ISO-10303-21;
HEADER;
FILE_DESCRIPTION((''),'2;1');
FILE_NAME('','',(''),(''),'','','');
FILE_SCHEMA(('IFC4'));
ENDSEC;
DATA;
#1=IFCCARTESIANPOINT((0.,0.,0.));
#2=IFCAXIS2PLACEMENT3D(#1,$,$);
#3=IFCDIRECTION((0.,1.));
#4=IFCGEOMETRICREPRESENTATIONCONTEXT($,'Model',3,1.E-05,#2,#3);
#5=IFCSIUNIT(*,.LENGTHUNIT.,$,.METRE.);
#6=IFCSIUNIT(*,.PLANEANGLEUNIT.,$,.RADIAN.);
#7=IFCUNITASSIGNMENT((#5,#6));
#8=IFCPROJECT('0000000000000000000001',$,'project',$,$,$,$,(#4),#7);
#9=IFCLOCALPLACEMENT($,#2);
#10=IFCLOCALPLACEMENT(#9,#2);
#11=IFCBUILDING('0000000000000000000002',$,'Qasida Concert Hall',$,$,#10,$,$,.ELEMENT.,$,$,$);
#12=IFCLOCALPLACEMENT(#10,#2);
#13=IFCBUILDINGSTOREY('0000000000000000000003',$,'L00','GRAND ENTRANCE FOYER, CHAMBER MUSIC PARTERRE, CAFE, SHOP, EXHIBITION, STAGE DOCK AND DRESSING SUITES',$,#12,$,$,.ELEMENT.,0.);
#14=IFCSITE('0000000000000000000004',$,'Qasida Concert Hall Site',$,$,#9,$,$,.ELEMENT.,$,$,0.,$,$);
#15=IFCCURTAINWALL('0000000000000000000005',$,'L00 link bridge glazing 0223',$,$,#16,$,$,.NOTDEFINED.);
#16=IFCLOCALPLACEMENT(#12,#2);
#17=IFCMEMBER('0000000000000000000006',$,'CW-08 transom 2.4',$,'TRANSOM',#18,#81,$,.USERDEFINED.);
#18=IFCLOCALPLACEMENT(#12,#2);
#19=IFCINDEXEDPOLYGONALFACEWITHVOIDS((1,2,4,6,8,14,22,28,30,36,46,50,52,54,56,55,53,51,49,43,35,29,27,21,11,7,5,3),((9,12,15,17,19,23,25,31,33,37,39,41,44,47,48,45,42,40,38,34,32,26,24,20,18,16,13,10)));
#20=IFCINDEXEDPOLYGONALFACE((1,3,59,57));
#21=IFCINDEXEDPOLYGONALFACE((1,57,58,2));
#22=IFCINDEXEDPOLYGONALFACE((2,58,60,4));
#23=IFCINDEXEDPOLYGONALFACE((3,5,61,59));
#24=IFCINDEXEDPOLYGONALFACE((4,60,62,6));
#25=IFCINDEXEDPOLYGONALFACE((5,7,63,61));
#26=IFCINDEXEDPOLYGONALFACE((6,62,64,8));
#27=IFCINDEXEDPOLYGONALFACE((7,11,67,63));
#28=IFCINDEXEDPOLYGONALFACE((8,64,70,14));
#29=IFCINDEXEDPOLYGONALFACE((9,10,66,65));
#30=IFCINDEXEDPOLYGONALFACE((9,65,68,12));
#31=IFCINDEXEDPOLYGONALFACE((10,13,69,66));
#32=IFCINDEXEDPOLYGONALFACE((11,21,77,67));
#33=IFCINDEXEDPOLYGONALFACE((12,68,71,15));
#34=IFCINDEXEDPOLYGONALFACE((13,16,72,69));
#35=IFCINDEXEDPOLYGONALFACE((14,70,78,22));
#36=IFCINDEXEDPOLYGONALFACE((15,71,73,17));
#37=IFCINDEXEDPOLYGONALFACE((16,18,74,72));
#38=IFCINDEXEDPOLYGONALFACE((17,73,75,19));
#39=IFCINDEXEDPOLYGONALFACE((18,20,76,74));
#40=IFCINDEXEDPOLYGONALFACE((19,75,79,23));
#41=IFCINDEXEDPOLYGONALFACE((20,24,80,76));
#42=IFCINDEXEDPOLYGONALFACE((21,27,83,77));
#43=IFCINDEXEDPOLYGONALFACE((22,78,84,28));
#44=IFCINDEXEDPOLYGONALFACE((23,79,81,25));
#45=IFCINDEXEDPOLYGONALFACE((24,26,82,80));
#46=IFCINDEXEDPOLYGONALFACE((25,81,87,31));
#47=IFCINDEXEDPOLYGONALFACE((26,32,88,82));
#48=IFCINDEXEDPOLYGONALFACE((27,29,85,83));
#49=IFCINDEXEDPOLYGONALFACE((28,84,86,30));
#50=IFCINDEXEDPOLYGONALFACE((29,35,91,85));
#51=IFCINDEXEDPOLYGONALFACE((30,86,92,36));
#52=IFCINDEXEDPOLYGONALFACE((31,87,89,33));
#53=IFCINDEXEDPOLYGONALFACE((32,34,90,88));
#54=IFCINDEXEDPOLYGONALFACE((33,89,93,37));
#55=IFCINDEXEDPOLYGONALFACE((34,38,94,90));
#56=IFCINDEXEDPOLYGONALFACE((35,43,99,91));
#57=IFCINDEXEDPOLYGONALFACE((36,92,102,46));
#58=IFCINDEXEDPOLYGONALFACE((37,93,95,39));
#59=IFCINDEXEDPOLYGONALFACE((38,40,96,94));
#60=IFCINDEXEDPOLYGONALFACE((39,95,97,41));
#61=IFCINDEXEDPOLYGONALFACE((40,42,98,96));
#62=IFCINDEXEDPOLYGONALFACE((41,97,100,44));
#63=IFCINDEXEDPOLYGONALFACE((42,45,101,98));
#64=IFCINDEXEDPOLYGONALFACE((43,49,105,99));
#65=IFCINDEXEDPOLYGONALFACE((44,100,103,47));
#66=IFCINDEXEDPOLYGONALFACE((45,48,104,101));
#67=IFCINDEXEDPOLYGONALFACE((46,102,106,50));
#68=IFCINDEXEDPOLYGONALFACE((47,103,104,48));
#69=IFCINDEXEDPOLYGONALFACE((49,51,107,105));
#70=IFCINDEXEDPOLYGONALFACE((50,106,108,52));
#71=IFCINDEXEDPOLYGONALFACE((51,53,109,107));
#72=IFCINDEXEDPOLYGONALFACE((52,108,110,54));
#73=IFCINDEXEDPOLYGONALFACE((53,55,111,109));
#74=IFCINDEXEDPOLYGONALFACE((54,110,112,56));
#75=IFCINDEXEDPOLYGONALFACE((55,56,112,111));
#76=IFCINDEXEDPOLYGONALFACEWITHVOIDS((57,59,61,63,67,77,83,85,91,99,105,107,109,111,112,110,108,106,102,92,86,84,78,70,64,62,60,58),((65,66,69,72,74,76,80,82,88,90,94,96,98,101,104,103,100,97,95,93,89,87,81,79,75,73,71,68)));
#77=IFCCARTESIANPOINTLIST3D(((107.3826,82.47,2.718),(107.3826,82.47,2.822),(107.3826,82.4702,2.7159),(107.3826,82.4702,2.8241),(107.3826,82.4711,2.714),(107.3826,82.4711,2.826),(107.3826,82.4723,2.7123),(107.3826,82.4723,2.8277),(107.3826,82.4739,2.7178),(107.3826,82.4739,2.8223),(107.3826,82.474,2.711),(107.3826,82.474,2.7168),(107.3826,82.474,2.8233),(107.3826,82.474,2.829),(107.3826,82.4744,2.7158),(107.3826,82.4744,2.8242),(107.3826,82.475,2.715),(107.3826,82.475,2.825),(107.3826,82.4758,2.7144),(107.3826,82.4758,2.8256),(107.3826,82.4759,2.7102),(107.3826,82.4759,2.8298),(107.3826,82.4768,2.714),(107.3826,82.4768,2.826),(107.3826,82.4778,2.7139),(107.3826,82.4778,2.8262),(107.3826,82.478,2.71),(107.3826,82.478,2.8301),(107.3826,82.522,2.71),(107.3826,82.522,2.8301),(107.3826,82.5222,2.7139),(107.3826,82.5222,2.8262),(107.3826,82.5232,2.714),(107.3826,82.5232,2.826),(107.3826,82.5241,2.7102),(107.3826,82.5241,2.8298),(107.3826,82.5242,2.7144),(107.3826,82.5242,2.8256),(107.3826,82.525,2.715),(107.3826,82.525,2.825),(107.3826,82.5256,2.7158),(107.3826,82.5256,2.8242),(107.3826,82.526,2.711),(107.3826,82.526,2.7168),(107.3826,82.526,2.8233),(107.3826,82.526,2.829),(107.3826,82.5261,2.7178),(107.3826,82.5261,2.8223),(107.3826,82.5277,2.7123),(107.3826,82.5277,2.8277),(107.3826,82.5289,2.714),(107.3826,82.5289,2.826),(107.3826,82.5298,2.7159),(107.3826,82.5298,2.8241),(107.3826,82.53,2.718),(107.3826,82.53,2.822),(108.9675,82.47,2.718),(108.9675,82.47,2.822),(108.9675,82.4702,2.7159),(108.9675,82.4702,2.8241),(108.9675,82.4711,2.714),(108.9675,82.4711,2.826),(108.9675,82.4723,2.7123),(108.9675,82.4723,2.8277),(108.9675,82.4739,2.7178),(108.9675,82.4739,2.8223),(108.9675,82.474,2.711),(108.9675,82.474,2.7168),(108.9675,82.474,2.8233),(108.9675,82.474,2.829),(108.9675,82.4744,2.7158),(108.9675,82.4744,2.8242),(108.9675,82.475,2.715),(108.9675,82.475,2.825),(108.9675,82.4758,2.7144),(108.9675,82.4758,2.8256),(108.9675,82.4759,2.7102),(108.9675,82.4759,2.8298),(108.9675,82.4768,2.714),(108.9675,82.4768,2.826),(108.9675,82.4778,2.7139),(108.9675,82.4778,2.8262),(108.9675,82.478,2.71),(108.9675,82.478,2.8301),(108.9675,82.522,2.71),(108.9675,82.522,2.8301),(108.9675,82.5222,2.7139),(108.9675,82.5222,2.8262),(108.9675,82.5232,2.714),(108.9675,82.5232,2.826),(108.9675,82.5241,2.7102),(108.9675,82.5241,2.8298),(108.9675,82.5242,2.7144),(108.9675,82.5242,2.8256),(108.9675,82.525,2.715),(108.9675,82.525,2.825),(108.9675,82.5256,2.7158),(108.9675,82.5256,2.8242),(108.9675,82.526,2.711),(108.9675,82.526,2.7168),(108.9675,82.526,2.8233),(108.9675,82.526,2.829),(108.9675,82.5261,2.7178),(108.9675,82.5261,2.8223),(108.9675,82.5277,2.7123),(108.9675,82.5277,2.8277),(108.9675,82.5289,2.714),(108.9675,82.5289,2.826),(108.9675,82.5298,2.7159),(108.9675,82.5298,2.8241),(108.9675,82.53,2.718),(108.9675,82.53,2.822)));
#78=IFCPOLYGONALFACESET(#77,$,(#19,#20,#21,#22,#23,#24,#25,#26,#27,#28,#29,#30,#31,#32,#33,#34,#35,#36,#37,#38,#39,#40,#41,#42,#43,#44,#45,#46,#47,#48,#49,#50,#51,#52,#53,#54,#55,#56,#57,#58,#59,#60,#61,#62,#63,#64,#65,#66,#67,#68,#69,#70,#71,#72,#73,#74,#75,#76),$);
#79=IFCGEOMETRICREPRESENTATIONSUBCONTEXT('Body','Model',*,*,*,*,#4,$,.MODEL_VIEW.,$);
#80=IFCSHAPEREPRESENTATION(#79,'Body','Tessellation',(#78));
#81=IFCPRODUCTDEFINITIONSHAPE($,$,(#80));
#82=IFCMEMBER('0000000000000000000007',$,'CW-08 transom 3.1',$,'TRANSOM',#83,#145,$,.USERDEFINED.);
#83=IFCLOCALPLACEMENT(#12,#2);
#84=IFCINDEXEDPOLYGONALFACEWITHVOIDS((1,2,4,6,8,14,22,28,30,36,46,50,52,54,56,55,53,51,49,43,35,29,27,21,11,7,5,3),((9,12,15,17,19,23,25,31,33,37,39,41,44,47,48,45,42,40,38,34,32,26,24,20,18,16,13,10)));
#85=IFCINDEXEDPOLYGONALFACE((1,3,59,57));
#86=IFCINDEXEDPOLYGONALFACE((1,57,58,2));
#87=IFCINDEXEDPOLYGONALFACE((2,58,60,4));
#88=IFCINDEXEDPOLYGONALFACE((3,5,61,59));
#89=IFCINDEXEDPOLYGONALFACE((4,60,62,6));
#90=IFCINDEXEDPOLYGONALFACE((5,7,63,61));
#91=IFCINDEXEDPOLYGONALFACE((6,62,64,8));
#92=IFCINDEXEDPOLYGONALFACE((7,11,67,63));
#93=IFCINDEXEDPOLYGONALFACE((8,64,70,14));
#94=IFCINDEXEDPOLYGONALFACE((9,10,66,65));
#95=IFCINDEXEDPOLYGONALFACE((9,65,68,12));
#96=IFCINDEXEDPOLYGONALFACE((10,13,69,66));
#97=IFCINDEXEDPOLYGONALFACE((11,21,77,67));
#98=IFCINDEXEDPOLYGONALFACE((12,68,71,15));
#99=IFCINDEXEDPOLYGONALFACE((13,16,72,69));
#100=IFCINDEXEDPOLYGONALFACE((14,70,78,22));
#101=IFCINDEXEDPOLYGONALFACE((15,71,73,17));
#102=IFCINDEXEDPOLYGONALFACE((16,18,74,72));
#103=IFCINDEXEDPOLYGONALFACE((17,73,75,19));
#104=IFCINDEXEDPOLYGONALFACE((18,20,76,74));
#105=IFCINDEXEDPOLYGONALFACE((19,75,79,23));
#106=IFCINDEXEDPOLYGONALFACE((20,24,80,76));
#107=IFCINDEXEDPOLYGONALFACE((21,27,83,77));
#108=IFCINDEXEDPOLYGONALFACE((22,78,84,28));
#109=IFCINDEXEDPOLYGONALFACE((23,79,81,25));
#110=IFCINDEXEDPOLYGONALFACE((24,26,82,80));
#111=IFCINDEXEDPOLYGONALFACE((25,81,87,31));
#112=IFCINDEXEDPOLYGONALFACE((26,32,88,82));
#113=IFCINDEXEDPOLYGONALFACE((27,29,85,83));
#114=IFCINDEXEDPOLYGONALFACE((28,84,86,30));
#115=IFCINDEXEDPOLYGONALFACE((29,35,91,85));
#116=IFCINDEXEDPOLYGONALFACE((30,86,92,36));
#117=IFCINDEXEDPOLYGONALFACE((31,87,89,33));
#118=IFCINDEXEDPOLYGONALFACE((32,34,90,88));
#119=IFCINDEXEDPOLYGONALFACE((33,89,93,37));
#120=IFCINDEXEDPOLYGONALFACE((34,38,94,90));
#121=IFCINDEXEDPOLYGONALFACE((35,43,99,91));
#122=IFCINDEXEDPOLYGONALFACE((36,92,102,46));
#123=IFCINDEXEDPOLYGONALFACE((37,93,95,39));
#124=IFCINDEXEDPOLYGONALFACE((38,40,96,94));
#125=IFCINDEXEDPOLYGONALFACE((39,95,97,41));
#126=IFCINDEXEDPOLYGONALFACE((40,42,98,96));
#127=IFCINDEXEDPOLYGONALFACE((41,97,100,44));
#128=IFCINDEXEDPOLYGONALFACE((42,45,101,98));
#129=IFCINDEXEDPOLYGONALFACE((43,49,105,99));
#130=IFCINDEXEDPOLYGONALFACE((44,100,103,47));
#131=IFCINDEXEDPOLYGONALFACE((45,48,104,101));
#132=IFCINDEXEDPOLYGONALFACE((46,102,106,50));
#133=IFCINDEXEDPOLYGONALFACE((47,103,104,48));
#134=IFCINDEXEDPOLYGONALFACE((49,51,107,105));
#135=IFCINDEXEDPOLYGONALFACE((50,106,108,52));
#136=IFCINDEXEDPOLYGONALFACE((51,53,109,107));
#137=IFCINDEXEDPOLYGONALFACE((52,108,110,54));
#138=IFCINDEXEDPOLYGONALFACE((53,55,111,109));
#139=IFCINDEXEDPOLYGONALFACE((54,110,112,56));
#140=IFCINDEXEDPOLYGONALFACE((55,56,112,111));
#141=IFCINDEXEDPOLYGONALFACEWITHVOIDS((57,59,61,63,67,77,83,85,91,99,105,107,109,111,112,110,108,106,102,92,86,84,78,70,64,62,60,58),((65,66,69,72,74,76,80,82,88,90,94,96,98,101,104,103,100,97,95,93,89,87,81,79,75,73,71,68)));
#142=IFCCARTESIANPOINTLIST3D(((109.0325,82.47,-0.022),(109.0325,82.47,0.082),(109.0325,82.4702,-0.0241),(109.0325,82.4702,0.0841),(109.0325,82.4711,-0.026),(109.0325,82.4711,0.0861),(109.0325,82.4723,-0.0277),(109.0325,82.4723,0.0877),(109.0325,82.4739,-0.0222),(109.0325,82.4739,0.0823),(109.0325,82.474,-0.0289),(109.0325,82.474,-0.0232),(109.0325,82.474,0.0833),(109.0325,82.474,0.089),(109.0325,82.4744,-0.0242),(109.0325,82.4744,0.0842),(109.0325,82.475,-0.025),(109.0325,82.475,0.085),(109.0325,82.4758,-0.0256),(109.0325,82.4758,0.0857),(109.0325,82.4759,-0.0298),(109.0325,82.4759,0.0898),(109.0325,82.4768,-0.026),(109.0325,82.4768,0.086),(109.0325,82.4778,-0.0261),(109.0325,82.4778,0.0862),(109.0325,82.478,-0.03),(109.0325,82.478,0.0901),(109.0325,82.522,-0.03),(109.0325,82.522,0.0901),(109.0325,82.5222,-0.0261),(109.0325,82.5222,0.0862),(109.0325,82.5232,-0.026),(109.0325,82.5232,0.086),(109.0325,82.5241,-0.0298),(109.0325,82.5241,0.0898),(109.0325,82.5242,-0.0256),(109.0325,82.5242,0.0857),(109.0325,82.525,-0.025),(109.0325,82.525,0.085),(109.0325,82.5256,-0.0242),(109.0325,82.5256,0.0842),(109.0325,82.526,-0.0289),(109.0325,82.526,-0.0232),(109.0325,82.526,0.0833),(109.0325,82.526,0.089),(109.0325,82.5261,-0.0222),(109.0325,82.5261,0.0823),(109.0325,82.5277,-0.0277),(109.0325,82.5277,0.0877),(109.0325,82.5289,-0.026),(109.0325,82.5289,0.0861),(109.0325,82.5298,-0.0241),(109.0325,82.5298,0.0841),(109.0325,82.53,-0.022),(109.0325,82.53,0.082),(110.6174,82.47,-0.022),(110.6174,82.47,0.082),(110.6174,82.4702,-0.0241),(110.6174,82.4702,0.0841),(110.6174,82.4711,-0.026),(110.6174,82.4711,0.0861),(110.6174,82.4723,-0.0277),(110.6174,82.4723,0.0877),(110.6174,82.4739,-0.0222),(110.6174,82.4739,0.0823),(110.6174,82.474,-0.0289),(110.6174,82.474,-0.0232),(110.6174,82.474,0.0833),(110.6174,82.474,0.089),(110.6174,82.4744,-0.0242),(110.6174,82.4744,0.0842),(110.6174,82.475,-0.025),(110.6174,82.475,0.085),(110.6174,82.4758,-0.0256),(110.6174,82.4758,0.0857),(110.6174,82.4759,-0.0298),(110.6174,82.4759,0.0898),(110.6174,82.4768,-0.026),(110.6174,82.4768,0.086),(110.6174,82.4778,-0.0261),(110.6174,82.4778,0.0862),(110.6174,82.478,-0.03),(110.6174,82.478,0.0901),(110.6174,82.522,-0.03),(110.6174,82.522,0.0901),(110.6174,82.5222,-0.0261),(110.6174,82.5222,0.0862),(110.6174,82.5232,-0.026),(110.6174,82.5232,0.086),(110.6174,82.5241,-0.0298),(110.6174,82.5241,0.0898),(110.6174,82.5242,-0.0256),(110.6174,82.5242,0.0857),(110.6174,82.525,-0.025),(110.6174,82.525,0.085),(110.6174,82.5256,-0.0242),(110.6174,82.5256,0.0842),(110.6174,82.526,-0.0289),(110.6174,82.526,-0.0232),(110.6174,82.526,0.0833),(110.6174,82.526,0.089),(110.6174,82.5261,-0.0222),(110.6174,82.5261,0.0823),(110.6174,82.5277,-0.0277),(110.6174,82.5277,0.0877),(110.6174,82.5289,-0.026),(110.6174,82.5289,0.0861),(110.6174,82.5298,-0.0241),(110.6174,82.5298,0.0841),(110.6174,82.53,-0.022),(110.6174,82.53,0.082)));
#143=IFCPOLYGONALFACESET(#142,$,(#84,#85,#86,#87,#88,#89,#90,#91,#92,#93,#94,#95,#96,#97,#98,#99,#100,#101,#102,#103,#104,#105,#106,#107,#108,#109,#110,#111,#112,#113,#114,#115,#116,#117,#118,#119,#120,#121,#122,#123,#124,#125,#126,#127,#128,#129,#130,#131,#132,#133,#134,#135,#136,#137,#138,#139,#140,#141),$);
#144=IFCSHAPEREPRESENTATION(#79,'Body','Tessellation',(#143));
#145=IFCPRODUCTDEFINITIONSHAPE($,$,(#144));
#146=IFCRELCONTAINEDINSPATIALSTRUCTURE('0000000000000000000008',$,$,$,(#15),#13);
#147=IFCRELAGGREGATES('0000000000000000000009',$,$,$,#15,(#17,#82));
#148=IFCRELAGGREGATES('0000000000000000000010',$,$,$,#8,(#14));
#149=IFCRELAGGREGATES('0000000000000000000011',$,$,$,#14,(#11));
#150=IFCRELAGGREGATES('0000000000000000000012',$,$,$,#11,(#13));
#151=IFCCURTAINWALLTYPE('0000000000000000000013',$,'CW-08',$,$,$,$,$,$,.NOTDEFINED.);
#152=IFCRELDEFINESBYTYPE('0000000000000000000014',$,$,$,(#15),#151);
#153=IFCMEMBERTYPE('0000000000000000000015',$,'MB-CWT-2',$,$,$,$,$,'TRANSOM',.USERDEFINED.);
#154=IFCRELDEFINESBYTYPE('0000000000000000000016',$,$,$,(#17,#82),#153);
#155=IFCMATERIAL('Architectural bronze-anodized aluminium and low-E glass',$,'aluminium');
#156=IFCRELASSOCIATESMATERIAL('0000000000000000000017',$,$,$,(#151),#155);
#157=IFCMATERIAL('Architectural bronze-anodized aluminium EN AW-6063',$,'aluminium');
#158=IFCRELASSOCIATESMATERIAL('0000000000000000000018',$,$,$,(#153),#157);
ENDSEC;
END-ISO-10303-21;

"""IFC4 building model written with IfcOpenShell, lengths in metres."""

from ifc_helpers import new_model, si_unit, direction, frame, origin, origin_2d, place, context, subcontext, project, spatial, hollow_rectangle, extrude, material, material_profile, profile_set, type_object, element, aggregate, save


model = new_model("IFC4")

# Units and contexts
model_context = context("Model", 3, precision=1e-05, world=origin(), true_north=direction((0.0, 1.0)))
body_context = subcontext(model_context, "Body", "Model", "MODEL_VIEW")
ifc_project = project(units=[si_unit("LENGTHUNIT", "METRE"), si_unit("PLANEANGLEUNIT", "RADIAN")], contexts=[model_context])

# Site, building, storey
site_placement = place(None, origin())
site = spatial("IfcSite", under=ifc_project, at=site_placement, Name="Qasida Concert Hall Site", CompositionType="ELEMENT", RefElevation=0.0)
building_placement = place(site_placement, origin())
building = spatial("IfcBuilding", under=site, at=building_placement, Name="Qasida Concert Hall", CompositionType="ELEMENT")
storey_placement = place(building_placement, origin())
storey = spatial("IfcBuildingStorey", under=building, at=storey_placement, Name="L00", Description="GRAND ENTRANCE FOYER, CHAMBER MUSIC PARTERRE, CAFE, SHOP, EXHIBITION, STAGE DOCK AND DRESSING SUITES", CompositionType="ELEMENT", Elevation=0.0)

# Curtain wall, members
ifc_material_1 = material(Name="Architectural bronze-anodized aluminium and low-E glass", Category="aluminium")
curtain_wall_type = type_object("IfcCurtainWallType", Name="CW-08", PredefinedType="NOTDEFINED", material=ifc_material_1)
curtain_wall_placement = place(storey_placement, origin())
curtain_wall = element("IfcCurtainWall", 1, at=curtain_wall_placement, inside=storey, type_object=curtain_wall_type, Name="L00 link bridge glazing 0223", PredefinedType="NOTDEFINED")
ifc_material_2 = material(Name="Architectural bronze-anodized aluminium EN AW-6063", Category="aluminium")
ifc_material_profile_1 = material_profile(ifc_material_2, hollow_rectangle(XDim=0.0601, YDim=0.1201, WallThickness=0.0039, InnerFilletRadius=0.0039, OuterFilletRadius=0.0081, at=origin_2d()), Name="CWT 120x60x4")
ifc_profile_set_1 = profile_set([ifc_material_profile_1], Name="Architectural bronze-anodized aluminium EN AW-6063")
member_type_1 = type_object("IfcMemberType", Name="MB-CWT-2", ElementType="TRANSOM", PredefinedType="USERDEFINED", material=ifc_profile_set_1)
member_1_placement = place(storey_placement, frame((107.3826, 82.5, 2.77), z_axis=(1.0, 0.0, 0.0), x_axis=(0.0, 1.0, 0.0)))
member_1 = element("IfcMember", 2, at=member_1_placement, type_object=member_type_1, Name="CW-08 transom 2.4", ObjectType="TRANSOM", PredefinedType="USERDEFINED", context=body_context, shape_type="SweptSolid", body=[
    extrude(hollow_rectangle(XDim=0.0601, YDim=0.1201, WallThickness=0.0039, InnerFilletRadius=0.0039, OuterFilletRadius=0.0081, at=origin_2d()), origin(), (0.0, 0.0, 1.0), 1.585),
])
member_2_placement = place(storey_placement, frame((109.0325, 82.5, 0.03), z_axis=(1.0, 0.0, 0.0), x_axis=(0.0, 1.0, 0.0)))
member_2 = element("IfcMember", 3, at=member_2_placement, type_object=member_type_1, Name="CW-08 transom 3.1", ObjectType="TRANSOM", PredefinedType="USERDEFINED", context=body_context, shape_type="SweptSolid", body=[
    extrude(hollow_rectangle(XDim=0.0601, YDim=0.1201, WallThickness=0.0039, InnerFilletRadius=0.0039, OuterFilletRadius=0.0081, at=origin_2d()), origin(), (0.0, 0.0, 1.0), 1.585),
])
aggregate(curtain_wall, [member_1, member_2])

save(model, "model.ifc")
